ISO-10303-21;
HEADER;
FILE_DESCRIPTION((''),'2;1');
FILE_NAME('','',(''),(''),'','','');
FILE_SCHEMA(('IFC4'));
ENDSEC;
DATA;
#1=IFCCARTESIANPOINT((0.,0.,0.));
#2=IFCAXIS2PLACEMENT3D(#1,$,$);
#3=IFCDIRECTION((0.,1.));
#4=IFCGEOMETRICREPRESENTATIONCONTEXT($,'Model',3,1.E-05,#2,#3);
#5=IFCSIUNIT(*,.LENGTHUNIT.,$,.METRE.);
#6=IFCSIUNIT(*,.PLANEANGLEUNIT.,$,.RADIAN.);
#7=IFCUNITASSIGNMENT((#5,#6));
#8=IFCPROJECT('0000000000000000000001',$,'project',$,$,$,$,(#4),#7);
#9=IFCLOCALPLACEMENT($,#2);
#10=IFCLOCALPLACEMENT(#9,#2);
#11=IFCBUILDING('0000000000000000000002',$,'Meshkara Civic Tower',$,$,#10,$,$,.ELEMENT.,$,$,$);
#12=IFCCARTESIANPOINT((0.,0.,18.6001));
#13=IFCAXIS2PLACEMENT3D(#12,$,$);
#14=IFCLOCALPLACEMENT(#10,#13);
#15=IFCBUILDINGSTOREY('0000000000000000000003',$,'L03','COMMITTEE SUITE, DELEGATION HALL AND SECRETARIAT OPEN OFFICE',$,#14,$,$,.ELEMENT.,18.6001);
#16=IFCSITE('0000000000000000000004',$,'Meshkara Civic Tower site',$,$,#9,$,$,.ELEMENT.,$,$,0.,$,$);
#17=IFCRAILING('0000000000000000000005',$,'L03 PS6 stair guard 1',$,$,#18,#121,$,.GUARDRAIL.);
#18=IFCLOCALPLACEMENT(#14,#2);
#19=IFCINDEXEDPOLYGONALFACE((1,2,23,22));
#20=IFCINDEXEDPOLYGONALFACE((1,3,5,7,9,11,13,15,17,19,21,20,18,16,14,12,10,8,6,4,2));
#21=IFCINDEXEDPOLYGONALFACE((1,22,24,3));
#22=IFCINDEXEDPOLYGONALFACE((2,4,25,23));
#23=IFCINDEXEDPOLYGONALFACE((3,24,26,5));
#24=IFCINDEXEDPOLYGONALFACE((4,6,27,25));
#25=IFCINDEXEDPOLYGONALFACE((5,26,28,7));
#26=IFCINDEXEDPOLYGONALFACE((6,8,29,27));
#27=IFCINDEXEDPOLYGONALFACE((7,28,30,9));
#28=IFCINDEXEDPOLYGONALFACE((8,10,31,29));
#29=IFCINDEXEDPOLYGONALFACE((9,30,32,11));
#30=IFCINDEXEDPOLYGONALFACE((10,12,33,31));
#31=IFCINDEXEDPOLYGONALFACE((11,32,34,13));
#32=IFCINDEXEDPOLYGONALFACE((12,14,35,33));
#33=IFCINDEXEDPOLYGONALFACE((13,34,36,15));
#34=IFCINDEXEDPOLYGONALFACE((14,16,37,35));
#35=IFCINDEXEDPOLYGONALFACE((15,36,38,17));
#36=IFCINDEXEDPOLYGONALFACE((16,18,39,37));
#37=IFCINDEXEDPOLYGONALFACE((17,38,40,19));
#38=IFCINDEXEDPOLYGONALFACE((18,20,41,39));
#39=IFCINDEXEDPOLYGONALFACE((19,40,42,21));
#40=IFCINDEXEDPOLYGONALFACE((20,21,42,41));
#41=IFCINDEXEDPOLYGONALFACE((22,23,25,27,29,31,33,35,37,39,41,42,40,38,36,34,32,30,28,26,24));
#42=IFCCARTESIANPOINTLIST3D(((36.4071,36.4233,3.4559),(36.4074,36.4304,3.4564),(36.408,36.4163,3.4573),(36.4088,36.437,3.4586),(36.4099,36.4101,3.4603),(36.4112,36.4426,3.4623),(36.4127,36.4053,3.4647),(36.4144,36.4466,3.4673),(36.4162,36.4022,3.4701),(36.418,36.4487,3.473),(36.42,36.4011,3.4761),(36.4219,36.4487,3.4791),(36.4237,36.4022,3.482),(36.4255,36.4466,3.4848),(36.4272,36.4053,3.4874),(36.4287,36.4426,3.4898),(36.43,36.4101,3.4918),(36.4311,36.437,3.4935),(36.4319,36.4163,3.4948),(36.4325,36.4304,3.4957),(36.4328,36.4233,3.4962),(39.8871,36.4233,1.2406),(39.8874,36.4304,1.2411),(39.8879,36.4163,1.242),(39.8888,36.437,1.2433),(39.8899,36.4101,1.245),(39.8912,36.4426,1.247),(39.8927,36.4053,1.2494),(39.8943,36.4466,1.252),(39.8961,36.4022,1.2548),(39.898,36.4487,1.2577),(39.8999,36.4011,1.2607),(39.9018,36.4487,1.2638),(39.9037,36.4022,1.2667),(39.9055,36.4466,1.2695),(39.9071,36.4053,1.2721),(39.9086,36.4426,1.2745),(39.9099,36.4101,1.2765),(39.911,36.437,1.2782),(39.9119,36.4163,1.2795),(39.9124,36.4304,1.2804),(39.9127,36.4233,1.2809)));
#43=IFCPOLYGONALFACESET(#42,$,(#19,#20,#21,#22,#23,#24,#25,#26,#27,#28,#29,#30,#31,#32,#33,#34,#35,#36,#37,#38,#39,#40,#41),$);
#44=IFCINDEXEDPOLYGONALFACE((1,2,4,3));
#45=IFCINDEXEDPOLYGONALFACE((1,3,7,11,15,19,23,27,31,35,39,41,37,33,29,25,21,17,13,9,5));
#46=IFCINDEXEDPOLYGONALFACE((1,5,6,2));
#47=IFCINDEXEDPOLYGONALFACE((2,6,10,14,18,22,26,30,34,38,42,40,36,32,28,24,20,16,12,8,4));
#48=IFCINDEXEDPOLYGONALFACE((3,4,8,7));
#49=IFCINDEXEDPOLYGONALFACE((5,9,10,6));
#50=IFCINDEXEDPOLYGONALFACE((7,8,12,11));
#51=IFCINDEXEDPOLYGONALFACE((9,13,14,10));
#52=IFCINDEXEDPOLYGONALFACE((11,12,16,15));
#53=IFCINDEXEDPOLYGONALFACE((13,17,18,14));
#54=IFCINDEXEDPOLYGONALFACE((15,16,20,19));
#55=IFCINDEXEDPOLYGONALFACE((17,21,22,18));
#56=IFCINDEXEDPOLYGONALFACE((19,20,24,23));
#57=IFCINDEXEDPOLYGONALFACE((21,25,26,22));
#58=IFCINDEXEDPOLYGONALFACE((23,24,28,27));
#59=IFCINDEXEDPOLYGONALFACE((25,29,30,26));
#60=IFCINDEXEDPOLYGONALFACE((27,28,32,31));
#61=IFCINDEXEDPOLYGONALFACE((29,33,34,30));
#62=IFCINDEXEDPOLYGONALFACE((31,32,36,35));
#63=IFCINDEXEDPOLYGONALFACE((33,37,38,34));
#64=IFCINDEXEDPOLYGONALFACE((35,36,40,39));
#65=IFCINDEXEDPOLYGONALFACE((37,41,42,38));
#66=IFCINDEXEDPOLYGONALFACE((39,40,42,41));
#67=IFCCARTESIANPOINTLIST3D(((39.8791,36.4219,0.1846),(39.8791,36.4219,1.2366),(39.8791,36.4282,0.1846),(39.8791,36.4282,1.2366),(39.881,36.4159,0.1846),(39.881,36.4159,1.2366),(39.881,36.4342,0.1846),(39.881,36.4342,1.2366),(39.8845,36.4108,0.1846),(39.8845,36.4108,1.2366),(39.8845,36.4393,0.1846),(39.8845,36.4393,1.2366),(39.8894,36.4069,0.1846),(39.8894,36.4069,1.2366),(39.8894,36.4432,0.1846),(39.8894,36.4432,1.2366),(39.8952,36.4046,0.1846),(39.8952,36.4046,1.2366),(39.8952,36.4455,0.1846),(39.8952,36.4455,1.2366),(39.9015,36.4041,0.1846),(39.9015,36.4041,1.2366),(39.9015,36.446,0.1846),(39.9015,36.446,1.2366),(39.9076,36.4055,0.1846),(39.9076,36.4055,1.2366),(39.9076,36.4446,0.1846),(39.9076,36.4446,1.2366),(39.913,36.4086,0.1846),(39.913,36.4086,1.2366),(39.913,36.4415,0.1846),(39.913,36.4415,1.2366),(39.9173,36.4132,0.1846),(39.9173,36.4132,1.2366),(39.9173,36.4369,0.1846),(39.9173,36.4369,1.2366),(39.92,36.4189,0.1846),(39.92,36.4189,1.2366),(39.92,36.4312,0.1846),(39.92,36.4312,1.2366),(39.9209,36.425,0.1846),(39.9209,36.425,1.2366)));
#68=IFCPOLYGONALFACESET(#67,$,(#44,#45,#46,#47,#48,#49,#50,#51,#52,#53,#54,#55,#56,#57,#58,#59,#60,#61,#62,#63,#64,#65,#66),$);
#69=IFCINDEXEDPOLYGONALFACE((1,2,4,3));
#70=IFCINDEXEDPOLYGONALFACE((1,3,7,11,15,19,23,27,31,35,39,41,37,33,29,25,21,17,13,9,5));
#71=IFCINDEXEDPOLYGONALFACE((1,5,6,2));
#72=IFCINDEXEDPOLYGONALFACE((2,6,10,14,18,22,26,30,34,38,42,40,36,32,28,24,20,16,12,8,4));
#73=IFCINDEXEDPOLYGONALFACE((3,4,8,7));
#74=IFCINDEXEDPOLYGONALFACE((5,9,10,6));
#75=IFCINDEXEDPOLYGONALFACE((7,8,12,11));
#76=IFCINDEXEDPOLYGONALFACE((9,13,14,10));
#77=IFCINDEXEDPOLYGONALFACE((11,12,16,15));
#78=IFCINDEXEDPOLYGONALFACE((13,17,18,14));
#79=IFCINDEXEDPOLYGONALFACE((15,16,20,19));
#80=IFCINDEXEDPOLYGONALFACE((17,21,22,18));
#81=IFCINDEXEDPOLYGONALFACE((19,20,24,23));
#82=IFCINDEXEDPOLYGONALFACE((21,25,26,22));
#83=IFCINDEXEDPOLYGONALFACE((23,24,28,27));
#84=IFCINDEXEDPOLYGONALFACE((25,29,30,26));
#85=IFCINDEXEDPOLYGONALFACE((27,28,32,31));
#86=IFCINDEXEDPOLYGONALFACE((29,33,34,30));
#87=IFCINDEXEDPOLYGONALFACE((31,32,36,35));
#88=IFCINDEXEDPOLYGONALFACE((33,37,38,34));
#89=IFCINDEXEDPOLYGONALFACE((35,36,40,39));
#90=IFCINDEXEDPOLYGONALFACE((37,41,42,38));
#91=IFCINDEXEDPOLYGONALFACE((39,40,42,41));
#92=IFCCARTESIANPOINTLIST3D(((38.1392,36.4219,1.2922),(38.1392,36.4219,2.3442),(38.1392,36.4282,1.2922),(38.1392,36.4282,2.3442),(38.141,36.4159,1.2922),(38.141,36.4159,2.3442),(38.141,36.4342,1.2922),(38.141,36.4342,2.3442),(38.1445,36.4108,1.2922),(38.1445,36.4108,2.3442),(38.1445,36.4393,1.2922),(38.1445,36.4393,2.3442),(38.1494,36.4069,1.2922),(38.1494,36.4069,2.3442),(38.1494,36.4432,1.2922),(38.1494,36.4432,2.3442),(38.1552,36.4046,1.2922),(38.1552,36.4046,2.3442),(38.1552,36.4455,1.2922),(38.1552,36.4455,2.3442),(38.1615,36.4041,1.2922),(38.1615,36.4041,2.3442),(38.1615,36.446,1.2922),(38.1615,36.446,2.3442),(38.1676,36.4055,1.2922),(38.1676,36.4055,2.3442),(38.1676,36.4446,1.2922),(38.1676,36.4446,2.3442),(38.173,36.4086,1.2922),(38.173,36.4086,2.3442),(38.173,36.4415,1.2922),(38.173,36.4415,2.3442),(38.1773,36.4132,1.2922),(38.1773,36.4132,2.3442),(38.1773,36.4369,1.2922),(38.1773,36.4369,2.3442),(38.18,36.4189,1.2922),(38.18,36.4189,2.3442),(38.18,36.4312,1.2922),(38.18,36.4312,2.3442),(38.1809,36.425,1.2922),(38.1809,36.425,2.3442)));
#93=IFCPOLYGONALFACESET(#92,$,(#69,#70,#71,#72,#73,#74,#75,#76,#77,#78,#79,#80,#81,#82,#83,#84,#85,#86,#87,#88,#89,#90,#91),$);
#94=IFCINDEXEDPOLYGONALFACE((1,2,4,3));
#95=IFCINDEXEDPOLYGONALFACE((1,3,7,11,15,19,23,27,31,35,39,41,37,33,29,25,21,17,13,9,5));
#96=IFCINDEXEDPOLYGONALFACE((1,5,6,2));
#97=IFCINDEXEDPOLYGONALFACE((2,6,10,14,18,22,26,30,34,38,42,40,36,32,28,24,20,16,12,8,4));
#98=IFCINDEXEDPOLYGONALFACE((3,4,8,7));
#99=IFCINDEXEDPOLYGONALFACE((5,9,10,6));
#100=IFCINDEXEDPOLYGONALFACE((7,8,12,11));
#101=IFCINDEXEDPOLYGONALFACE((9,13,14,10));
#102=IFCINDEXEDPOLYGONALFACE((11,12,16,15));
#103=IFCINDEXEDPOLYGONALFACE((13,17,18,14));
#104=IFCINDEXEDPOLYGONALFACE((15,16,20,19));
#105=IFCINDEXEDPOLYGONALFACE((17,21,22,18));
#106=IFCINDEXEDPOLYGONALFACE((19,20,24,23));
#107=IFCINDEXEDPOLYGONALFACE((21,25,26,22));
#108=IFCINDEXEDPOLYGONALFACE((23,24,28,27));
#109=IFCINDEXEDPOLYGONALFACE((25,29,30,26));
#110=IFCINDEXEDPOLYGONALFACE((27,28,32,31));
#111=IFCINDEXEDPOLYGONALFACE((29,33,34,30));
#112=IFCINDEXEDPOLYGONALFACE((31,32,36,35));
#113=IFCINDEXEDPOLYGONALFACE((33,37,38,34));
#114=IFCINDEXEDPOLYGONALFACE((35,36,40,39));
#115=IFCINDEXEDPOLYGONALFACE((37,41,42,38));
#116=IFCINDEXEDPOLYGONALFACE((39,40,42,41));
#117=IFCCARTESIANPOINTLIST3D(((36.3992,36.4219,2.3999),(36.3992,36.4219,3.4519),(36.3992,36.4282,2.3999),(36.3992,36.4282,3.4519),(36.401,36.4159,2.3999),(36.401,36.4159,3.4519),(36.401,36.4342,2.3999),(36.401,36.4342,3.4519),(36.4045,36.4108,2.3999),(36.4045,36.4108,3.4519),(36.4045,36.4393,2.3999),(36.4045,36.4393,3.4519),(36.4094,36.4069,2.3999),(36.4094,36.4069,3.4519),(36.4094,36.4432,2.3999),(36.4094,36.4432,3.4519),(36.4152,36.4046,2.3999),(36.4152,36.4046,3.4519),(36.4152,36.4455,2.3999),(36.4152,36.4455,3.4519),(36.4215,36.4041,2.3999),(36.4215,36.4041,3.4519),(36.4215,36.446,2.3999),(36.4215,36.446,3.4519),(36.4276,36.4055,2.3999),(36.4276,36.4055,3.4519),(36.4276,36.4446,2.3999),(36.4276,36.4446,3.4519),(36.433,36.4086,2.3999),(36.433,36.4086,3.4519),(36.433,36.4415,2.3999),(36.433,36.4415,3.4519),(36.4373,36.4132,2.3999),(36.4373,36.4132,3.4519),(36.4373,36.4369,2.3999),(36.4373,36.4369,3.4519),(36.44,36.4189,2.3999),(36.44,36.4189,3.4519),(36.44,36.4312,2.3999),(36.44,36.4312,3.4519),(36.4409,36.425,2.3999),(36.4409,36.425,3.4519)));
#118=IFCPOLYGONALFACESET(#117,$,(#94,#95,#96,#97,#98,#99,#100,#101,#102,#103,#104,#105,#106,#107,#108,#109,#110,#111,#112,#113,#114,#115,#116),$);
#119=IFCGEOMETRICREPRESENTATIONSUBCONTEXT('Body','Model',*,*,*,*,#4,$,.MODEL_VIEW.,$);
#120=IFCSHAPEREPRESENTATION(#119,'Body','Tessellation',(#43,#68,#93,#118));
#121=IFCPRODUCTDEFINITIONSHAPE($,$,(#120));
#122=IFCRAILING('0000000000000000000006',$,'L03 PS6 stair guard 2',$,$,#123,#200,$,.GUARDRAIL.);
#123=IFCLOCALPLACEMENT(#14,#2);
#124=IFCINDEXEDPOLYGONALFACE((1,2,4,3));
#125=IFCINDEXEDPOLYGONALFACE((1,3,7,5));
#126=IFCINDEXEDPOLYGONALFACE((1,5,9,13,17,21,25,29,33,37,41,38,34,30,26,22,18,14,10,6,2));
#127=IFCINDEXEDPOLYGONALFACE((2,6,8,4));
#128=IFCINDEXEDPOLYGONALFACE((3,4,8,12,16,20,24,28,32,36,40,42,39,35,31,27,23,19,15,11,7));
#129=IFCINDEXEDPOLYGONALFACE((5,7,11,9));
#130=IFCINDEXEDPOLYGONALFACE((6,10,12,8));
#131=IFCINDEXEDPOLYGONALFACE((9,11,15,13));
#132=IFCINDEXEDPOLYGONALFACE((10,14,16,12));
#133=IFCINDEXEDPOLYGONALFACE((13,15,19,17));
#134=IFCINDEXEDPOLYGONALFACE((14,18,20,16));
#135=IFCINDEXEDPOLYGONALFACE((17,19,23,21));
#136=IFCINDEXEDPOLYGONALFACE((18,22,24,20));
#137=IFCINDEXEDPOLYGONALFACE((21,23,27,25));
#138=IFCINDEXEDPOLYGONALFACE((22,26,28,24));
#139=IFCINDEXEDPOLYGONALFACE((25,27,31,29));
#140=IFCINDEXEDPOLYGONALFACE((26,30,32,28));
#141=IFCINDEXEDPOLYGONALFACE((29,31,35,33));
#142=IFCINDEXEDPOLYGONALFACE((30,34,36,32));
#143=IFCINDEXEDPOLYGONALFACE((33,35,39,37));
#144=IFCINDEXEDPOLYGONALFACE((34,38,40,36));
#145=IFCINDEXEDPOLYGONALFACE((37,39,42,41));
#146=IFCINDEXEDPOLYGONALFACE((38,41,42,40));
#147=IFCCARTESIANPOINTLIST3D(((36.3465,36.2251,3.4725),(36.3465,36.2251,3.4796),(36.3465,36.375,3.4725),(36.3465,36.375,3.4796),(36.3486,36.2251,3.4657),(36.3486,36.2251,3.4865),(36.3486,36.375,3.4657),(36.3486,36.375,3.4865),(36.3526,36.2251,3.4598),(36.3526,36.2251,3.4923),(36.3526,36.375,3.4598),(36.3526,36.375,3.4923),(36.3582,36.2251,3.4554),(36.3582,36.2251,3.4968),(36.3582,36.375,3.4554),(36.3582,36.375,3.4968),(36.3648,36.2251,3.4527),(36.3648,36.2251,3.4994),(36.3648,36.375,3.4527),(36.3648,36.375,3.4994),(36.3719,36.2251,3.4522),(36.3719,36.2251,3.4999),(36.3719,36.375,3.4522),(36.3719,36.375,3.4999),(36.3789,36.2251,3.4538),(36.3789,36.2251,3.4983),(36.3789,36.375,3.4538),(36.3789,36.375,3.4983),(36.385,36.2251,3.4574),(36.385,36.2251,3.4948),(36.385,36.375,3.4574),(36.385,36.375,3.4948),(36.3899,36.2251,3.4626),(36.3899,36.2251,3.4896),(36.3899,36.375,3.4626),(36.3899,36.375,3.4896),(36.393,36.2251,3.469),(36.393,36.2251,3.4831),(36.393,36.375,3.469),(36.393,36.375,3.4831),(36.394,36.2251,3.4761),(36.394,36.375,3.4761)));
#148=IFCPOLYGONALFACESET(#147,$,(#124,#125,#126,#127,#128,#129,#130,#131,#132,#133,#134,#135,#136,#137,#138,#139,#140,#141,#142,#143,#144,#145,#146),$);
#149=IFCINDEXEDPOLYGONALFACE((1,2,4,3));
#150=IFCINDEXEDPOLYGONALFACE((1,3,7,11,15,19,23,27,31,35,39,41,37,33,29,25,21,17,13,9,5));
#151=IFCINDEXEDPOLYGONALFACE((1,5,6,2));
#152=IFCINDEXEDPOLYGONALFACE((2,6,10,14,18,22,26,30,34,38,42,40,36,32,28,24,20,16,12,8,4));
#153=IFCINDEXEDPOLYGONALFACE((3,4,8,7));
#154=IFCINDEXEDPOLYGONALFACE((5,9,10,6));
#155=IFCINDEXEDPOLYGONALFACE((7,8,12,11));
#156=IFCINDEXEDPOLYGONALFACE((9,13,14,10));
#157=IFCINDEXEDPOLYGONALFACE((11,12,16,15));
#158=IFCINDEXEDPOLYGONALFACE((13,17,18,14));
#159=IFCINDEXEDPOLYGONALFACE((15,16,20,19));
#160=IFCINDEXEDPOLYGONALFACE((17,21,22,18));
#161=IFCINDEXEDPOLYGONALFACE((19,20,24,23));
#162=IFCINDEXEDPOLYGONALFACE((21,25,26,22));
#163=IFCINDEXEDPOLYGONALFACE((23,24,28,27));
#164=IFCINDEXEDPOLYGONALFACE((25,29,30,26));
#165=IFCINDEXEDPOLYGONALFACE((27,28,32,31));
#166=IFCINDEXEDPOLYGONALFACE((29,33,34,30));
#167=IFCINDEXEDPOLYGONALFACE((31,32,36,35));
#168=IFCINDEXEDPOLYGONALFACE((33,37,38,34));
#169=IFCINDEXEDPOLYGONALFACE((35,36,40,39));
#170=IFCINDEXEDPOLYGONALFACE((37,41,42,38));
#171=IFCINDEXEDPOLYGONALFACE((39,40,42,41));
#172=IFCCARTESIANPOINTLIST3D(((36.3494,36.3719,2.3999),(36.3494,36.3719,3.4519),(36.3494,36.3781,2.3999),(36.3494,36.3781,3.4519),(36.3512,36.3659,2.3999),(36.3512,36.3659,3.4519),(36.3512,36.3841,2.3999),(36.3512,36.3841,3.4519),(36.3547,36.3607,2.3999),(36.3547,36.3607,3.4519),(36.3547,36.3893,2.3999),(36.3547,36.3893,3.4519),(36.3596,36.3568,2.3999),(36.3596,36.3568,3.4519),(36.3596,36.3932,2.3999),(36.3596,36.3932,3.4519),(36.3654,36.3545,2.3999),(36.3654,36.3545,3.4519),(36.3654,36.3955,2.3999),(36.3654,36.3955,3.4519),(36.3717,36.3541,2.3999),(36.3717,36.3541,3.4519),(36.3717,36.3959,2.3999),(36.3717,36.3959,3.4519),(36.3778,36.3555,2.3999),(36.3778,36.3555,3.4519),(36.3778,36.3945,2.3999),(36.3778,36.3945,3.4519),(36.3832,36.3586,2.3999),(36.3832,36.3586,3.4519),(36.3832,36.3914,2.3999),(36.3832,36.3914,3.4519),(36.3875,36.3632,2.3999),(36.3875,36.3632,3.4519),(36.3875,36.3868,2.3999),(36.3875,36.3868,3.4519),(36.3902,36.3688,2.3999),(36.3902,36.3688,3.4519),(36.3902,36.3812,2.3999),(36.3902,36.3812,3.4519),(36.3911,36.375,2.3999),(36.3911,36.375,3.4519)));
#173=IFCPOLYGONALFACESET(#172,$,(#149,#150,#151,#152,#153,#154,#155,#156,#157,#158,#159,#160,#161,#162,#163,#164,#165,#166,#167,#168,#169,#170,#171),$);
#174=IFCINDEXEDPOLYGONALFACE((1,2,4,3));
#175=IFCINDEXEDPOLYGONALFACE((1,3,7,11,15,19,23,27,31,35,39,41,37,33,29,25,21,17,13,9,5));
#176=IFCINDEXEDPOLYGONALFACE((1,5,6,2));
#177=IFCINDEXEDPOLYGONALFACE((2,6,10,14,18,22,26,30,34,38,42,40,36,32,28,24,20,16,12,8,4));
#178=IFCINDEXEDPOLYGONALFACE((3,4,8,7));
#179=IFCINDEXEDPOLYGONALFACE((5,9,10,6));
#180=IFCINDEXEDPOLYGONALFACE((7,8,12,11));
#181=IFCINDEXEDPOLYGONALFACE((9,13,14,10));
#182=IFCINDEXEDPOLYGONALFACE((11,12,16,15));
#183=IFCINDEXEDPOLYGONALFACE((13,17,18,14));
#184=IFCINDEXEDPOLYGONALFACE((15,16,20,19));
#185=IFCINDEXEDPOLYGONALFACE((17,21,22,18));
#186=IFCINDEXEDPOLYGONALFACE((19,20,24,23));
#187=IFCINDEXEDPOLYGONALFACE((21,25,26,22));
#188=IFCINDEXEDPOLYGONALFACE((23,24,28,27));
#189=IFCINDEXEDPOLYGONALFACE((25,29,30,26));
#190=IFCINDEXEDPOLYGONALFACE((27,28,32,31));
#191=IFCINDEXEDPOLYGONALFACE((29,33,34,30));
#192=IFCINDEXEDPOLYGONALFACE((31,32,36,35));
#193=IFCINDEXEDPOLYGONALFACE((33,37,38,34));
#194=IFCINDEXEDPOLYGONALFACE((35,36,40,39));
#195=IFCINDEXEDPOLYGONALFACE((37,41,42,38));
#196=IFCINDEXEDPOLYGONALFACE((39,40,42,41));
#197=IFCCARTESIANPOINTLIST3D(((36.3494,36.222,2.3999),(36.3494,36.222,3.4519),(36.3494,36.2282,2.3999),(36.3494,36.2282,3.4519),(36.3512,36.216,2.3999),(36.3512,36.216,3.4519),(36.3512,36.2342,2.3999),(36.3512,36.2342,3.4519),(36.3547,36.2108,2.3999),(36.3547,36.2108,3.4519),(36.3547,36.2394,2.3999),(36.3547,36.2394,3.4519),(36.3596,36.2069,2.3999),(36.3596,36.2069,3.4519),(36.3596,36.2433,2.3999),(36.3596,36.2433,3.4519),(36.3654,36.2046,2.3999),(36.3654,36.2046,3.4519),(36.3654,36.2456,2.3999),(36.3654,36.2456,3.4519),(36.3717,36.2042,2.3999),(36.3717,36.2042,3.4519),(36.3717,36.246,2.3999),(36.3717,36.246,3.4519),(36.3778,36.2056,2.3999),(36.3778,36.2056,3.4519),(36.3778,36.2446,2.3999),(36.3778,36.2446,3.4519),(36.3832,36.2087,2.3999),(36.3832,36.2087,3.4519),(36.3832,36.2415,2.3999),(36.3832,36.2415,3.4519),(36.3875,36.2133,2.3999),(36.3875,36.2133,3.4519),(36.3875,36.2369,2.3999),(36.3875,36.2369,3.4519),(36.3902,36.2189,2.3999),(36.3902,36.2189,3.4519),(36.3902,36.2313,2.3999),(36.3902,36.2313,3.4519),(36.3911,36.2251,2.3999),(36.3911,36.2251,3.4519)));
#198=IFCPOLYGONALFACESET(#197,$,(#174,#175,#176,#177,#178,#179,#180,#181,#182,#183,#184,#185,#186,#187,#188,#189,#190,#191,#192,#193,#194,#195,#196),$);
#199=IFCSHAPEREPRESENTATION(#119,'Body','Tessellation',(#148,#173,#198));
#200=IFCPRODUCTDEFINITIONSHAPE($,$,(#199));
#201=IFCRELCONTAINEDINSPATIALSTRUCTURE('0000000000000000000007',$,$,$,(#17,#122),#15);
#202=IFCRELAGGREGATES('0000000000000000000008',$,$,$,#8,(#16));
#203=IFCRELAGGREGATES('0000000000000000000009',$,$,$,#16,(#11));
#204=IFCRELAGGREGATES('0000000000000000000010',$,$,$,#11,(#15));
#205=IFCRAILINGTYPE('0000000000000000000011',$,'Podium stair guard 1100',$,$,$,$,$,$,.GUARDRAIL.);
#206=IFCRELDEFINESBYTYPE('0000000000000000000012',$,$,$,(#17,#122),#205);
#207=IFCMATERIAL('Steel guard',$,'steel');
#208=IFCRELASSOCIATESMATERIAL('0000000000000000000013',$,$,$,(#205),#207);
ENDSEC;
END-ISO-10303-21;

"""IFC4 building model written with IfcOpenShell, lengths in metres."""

from ifc_helpers import new_model, si_unit, direction, frame, origin, origin_2d, place, context, subcontext, project, spatial, circle, extrude, material, type_object, element, save


model = new_model("IFC4")

# Units and contexts
model_context = context("Model", 3, precision=1e-05, world=origin(), true_north=direction((0.0, 1.0)))
body_context = subcontext(model_context, "Body", "Model", "MODEL_VIEW")
ifc_project = project(units=[si_unit("LENGTHUNIT", "METRE"), si_unit("PLANEANGLEUNIT", "RADIAN")], contexts=[model_context])

# Site, building, storey
site_placement = place(None, origin())
site = spatial("IfcSite", under=ifc_project, at=site_placement, Name="Meshkara Civic Tower site", CompositionType="ELEMENT", RefElevation=0.0)
building_placement = place(site_placement, origin())
building = spatial("IfcBuilding", under=site, at=building_placement, Name="Meshkara Civic Tower", CompositionType="ELEMENT")
storey_placement = place(building_placement, frame((0.0, 0.0, 18.6001)))
storey = spatial("IfcBuildingStorey", under=building, at=storey_placement, Name="L03", Description="COMMITTEE SUITE, DELEGATION HALL AND SECRETARIAT OPEN OFFICE", CompositionType="ELEMENT", Elevation=18.6001)

# Railings
ifc_material_1 = material(Name="Steel guard", Category="steel")
railing_type_1 = type_object("IfcRailingType", Name="Podium stair guard 1100", PredefinedType="GUARDRAIL", material=ifc_material_1)
railing_1_placement = place(storey_placement, frame((39.8999, 36.425, 0.1846)))
element("IfcRailing", 1, at=railing_1_placement, inside=storey, type_object=railing_type_1, Name="L03 PS6 stair guard 1", PredefinedType="GUARDRAIL", context=body_context, shape_type="SweptSolid", body=[
    extrude(circle(Radius=0.0239, at=origin_2d()), frame((0.0, 0.0, 1.0762), z_axis=(-0.843574, 0.0, 0.537013), x_axis=(0.0, -1.0, 0.0)), (0.0, 0.0, 1.0), 4.1252),
    extrude(circle(Radius=0.021, at=origin_2d()), origin(), (0.0, 0.0, 1.0), 1.052),
    extrude(circle(Radius=0.021, at=origin_2d()), frame((-1.74, 0.0, 1.1077)), (0.0, 0.0, 1.0), 1.052),
    extrude(circle(Radius=0.021, at=origin_2d()), frame((-3.48, 0.0, 2.2153)), (0.0, 0.0, 1.0), 1.052),
])
railing_2_placement = place(storey_placement, frame((36.3701, 36.375, 2.3999)))
element("IfcRailing", 2, at=railing_2_placement, inside=storey, type_object=railing_type_1, Name="L03 PS6 stair guard 2", PredefinedType="GUARDRAIL", context=body_context, shape_type="SweptSolid", body=[
    extrude(circle(Radius=0.0239, at=origin_2d()), frame((0.0, 0.0, 1.0762), z_axis=(0.0, -1.0, 0.0), x_axis=(1.0, 0.0, 0.0)), (0.0, 0.0, 1.0), 0.1499),
    extrude(circle(Radius=0.021, at=origin_2d()), origin(), (0.0, 0.0, 1.0), 1.052),
    extrude(circle(Radius=0.021, at=origin_2d()), frame((0.0, -0.1499, 0.0)), (0.0, 0.0, 1.0), 1.052),
])

save(model, "model.ifc")
